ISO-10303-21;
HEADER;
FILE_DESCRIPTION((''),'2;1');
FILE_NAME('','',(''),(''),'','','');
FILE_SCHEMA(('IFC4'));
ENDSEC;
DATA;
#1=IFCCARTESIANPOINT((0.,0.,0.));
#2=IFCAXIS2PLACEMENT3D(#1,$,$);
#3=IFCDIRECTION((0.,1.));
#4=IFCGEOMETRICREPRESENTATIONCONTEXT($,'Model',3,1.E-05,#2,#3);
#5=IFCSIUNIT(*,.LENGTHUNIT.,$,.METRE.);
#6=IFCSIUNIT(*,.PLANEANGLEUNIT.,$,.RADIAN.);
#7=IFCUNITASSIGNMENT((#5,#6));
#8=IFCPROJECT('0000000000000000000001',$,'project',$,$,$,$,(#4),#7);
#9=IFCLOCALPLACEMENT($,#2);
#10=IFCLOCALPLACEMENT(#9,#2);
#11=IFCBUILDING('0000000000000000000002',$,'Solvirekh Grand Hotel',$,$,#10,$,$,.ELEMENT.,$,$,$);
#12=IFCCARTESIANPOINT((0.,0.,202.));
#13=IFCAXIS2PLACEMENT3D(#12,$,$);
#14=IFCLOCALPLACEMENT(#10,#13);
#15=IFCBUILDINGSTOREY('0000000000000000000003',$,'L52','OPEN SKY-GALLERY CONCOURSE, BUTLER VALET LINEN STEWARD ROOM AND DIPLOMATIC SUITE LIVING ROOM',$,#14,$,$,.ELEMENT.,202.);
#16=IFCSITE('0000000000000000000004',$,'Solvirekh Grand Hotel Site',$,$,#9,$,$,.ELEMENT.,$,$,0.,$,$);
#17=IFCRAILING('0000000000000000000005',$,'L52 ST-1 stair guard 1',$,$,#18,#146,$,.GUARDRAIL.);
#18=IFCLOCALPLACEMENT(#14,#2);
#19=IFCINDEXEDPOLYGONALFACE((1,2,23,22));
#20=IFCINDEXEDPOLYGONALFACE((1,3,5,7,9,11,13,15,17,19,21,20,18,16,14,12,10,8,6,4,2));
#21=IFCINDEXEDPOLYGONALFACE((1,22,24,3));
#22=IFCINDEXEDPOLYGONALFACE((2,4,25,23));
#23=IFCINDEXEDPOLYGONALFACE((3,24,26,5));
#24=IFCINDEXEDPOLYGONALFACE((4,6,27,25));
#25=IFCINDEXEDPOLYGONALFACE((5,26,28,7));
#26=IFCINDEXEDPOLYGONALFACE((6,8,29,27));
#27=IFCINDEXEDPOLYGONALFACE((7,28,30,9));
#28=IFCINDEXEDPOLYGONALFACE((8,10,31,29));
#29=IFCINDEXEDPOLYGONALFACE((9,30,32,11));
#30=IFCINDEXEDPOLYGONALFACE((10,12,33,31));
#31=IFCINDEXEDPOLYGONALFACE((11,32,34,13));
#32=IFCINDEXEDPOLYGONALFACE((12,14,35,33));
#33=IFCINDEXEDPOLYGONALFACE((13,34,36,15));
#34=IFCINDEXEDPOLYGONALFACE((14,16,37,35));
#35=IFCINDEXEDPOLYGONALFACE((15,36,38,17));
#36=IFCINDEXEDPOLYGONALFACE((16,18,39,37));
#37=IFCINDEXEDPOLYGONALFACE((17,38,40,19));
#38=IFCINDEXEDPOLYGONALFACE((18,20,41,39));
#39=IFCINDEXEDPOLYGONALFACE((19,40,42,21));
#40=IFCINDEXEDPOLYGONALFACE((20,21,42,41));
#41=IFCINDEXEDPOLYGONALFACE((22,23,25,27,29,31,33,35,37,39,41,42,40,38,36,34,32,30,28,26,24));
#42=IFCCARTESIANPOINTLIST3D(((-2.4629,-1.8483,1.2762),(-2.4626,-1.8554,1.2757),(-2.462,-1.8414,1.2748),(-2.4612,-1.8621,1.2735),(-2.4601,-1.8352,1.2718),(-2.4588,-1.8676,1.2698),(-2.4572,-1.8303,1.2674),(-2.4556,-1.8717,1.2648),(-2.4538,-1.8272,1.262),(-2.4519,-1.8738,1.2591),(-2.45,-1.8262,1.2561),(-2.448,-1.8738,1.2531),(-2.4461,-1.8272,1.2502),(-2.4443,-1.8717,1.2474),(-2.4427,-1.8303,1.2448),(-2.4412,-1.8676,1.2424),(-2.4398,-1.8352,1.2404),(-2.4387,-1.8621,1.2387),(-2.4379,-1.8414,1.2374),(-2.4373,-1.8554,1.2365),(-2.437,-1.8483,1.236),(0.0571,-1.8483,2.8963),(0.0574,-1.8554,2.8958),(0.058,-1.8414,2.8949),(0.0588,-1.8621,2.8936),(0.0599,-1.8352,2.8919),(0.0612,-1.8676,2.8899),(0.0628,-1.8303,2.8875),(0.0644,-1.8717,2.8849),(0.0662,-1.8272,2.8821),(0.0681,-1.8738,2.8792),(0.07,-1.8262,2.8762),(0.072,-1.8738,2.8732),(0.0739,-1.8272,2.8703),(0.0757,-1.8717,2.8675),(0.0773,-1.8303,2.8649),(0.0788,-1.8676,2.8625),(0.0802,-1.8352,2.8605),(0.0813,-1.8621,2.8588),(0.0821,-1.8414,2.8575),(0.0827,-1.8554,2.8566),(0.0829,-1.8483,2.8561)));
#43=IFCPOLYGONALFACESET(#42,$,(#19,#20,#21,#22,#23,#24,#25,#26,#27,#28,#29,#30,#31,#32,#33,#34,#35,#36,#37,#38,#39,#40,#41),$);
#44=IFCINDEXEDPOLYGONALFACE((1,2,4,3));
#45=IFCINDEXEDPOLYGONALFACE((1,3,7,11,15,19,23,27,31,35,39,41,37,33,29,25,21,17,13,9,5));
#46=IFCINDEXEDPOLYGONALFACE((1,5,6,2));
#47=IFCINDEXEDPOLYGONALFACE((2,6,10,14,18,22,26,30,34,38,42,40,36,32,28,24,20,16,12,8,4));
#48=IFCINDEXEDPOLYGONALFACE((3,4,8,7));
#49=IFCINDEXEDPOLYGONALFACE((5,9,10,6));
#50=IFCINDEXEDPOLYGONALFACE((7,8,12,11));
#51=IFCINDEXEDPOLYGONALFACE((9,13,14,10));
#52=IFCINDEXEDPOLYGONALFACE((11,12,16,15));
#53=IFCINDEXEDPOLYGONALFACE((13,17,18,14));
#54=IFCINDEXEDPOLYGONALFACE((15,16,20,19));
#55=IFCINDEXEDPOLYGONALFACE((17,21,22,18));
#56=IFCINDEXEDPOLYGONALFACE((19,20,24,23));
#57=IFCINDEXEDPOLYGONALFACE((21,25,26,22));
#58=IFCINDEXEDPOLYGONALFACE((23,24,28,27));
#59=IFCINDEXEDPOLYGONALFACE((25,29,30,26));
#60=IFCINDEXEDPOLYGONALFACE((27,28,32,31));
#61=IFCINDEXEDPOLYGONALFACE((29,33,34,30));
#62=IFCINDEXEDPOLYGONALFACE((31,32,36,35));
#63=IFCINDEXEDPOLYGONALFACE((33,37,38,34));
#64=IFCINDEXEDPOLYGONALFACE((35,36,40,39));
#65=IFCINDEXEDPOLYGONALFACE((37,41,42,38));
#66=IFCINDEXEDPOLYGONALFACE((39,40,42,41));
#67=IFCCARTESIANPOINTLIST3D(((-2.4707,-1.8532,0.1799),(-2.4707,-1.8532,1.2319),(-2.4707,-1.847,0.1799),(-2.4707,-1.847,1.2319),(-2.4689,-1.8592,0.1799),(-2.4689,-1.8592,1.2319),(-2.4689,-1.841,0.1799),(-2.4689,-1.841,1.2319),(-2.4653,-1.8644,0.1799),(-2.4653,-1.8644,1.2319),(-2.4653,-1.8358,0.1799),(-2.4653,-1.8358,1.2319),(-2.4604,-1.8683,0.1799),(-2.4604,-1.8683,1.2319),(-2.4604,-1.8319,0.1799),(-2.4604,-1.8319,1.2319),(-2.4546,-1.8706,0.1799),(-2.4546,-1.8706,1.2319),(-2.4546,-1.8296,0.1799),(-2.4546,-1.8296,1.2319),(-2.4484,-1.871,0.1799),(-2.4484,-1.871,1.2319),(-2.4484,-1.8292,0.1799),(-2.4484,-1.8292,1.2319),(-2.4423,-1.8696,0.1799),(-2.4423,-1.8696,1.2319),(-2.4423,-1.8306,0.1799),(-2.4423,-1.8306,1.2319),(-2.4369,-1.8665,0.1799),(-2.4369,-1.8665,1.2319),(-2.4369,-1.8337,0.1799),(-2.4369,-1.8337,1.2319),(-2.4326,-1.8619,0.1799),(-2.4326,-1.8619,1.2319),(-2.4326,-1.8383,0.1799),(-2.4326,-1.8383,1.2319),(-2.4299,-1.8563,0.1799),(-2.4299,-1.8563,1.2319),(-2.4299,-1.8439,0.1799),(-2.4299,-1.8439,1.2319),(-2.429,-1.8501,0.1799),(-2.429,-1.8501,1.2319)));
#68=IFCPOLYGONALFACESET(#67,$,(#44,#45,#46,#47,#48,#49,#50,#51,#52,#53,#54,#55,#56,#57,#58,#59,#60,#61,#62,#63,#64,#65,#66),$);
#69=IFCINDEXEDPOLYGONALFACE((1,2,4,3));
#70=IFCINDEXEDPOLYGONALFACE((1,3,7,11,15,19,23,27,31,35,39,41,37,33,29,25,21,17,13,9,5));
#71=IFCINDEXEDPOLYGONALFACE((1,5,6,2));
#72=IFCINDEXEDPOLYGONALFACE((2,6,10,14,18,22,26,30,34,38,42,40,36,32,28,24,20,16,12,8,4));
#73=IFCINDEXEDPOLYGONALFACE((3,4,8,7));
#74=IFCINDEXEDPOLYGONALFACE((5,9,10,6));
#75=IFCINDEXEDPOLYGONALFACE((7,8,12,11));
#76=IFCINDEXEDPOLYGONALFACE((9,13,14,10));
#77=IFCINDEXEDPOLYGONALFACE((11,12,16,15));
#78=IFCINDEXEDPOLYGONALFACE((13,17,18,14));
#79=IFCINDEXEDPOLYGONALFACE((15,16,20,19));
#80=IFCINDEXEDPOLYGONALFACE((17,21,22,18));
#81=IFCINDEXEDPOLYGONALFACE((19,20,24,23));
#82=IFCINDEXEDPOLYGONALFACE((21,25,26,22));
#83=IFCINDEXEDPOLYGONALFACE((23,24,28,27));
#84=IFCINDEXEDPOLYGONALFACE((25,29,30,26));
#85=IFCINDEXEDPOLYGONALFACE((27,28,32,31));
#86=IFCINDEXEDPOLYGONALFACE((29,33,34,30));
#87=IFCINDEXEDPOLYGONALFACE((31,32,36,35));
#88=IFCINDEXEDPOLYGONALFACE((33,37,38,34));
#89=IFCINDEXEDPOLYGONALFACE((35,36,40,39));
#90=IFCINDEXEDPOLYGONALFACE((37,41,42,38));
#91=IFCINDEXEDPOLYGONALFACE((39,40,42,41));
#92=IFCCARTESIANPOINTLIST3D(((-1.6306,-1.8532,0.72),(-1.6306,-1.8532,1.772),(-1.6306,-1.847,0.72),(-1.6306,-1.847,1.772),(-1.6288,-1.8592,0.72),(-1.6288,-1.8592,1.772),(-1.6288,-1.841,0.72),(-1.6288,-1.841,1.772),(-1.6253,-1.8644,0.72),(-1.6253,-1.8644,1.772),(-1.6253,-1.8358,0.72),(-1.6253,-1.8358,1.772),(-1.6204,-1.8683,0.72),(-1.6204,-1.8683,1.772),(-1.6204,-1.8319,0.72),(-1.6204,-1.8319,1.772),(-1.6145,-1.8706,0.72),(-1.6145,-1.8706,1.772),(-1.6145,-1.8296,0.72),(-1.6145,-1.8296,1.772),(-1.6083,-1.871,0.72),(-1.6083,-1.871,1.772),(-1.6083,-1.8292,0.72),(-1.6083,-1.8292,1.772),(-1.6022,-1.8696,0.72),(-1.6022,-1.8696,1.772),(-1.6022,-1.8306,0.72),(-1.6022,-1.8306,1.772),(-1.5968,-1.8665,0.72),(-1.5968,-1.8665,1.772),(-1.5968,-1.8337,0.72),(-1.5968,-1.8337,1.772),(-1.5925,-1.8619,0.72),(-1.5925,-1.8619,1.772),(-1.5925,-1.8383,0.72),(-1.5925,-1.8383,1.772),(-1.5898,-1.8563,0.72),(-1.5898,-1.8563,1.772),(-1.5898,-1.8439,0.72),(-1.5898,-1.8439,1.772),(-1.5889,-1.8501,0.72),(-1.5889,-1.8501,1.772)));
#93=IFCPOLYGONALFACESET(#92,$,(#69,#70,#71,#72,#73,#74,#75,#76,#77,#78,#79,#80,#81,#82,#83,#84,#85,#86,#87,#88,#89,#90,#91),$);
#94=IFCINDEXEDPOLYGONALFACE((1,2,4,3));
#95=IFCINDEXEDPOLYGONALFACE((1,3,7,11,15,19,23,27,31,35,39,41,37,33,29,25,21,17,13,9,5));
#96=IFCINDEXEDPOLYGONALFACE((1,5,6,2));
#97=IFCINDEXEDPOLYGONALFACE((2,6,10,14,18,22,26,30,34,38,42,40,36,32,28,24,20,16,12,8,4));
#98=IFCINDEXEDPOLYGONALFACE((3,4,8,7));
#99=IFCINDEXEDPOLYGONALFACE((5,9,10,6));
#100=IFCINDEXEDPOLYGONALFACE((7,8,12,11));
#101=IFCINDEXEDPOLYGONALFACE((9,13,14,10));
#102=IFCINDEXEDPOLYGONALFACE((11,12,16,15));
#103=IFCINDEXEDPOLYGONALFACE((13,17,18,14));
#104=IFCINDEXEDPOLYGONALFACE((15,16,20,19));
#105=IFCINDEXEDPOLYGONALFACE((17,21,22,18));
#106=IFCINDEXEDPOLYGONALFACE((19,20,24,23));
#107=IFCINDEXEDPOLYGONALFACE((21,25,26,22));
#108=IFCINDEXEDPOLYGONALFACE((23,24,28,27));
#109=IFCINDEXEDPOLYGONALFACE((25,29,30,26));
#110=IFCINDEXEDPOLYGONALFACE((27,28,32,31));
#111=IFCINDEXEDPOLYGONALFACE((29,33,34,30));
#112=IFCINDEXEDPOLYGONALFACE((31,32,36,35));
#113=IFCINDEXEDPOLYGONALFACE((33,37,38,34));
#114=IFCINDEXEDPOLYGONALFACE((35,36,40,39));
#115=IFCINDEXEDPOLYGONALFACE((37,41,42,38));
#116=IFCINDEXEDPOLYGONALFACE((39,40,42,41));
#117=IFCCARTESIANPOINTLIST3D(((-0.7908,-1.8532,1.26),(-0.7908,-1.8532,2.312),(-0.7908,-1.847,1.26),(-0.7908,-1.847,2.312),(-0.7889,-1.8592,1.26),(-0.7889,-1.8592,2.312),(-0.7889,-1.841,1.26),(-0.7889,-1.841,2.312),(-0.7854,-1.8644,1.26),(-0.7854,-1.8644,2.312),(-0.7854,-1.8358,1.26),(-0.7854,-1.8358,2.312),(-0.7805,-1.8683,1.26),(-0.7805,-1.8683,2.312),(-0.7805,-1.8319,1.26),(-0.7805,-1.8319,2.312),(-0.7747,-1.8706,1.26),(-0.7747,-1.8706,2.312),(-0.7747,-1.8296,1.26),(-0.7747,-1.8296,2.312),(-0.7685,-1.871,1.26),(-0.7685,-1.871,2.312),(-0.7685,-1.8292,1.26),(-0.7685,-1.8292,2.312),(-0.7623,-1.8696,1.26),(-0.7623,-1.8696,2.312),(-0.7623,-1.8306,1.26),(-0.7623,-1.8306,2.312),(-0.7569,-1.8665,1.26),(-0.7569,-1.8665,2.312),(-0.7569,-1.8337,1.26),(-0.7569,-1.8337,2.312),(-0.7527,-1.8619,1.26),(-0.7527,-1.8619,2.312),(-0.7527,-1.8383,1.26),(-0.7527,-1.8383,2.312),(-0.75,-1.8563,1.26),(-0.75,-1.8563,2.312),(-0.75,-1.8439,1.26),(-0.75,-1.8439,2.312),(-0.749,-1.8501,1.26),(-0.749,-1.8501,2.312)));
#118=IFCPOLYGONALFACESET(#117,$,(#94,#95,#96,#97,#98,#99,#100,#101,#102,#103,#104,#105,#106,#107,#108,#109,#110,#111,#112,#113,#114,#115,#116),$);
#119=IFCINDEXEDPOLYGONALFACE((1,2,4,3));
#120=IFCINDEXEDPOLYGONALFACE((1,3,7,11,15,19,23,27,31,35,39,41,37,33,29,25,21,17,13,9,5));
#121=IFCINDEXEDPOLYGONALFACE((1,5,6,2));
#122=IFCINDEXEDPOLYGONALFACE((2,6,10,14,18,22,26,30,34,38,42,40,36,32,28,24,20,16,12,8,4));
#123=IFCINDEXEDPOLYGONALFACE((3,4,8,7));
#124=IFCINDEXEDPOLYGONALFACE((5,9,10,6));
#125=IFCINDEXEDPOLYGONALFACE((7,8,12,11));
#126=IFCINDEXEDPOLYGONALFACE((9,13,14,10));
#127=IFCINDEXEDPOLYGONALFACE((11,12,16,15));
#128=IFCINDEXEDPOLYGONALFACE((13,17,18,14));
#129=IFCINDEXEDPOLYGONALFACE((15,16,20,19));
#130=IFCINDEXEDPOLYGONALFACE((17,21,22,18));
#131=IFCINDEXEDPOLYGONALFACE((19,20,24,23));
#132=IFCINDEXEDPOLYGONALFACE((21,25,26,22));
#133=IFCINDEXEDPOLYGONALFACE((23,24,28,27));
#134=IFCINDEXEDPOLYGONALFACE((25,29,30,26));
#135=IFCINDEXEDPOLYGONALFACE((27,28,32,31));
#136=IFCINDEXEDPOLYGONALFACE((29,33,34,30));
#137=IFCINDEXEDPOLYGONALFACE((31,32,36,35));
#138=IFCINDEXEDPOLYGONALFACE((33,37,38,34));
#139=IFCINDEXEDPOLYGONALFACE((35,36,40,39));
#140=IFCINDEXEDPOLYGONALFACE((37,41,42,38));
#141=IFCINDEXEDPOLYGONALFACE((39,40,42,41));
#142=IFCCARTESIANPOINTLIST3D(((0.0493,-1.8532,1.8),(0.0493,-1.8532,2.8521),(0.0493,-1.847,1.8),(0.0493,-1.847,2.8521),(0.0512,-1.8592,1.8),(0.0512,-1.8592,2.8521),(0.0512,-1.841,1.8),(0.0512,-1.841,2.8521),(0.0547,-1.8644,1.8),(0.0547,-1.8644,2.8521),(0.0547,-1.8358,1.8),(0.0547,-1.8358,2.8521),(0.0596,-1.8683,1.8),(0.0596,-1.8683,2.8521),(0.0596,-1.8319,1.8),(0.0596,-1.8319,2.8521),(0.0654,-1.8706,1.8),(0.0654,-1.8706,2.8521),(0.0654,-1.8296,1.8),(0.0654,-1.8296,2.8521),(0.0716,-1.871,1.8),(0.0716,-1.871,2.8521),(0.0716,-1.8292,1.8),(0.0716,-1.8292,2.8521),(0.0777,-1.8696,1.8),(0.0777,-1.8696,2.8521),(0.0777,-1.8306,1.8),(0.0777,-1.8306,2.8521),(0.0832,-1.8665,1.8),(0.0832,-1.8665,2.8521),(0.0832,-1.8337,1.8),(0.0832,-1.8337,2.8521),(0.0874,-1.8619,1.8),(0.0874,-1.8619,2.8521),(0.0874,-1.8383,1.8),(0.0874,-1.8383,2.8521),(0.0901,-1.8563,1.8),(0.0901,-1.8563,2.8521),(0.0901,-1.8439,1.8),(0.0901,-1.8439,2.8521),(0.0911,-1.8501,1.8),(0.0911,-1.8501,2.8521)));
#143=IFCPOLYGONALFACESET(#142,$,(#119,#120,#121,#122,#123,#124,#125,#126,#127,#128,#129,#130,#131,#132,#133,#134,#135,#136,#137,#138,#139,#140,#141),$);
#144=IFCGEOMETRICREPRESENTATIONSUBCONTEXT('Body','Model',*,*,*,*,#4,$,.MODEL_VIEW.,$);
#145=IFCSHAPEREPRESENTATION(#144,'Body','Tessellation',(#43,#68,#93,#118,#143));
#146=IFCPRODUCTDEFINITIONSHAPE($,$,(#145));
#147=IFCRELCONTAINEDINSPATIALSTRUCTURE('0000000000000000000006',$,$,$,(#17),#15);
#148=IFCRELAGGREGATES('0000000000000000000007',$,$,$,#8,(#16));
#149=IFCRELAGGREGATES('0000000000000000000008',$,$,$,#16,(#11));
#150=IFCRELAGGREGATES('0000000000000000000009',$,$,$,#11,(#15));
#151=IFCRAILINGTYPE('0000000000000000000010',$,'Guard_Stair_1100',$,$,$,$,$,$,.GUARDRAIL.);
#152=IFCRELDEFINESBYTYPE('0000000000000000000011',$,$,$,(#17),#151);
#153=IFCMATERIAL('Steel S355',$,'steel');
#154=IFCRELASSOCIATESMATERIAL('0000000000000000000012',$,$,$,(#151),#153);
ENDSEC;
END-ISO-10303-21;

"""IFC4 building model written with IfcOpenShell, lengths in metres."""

from ifc_helpers import new_model, si_unit, direction, frame, origin, origin_2d, place, context, subcontext, project, spatial, circle, extrude, material, type_object, element, save


model = new_model("IFC4")

# Units and contexts
model_context = context("Model", 3, precision=1e-05, world=origin(), true_north=direction((0.0, 1.0)))
body_context = subcontext(model_context, "Body", "Model", "MODEL_VIEW")
ifc_project = project(units=[si_unit("LENGTHUNIT", "METRE"), si_unit("PLANEANGLEUNIT", "RADIAN")], contexts=[model_context])

# Site, building, storey
site_placement = place(None, origin())
site = spatial("IfcSite", under=ifc_project, at=site_placement, Name="Solvirekh Grand Hotel Site", CompositionType="ELEMENT", RefElevation=0.0)
building_placement = place(site_placement, origin())
building = spatial("IfcBuilding", under=site, at=building_placement, Name="Solvirekh Grand Hotel", CompositionType="ELEMENT")
storey_placement = place(building_placement, frame((0.0, 0.0, 202.0)))
storey = spatial("IfcBuildingStorey", under=building, at=storey_placement, Name="L52", Description="OPEN SKY-GALLERY CONCOURSE, BUTLER VALET LINEN STEWARD ROOM AND DIPLOMATIC SUITE LIVING ROOM", CompositionType="ELEMENT", Elevation=202.0)

# Shared definitions
ifc_material_1 = material(Name="Steel S355", Category="steel")

# Railing
railing_type_1 = type_object("IfcRailingType", Name="Guard_Stair_1100", PredefinedType="GUARDRAIL", material=ifc_material_1)
railing_1_placement = place(storey_placement, frame((-2.45, -1.8501, 0.1799)))
element("IfcRailing", 1, at=railing_1_placement, inside=storey, type_object=railing_type_1, Name="L52 ST-1 stair guard 1", PredefinedType="GUARDRAIL", context=body_context, shape_type="SweptSolid", body=[
    extrude(circle(Radius=0.0239, at=origin_2d()), frame((0.0, 0.0, 1.0762), z_axis=(0.841163, 0.0, 0.540782), x_axis=(0.0, 1.0, 0.0)), (0.0, 0.0, 1.0), 2.9958),
    extrude(circle(Radius=0.021, at=origin_2d()), origin(), (0.0, 0.0, 1.0), 1.052),
    extrude(circle(Radius=0.021, at=origin_2d()), frame((0.8401, 0.0, 0.54)), (0.0, 0.0, 1.0), 1.052),
    extrude(circle(Radius=0.021, at=origin_2d()), frame((1.6799, 0.0, 1.0801)), (0.0, 0.0, 1.0), 1.052),
    extrude(circle(Radius=0.021, at=origin_2d()), frame((2.52, 0.0, 1.6201)), (0.0, 0.0, 1.0), 1.052),
])

save(model, "model.ifc")
